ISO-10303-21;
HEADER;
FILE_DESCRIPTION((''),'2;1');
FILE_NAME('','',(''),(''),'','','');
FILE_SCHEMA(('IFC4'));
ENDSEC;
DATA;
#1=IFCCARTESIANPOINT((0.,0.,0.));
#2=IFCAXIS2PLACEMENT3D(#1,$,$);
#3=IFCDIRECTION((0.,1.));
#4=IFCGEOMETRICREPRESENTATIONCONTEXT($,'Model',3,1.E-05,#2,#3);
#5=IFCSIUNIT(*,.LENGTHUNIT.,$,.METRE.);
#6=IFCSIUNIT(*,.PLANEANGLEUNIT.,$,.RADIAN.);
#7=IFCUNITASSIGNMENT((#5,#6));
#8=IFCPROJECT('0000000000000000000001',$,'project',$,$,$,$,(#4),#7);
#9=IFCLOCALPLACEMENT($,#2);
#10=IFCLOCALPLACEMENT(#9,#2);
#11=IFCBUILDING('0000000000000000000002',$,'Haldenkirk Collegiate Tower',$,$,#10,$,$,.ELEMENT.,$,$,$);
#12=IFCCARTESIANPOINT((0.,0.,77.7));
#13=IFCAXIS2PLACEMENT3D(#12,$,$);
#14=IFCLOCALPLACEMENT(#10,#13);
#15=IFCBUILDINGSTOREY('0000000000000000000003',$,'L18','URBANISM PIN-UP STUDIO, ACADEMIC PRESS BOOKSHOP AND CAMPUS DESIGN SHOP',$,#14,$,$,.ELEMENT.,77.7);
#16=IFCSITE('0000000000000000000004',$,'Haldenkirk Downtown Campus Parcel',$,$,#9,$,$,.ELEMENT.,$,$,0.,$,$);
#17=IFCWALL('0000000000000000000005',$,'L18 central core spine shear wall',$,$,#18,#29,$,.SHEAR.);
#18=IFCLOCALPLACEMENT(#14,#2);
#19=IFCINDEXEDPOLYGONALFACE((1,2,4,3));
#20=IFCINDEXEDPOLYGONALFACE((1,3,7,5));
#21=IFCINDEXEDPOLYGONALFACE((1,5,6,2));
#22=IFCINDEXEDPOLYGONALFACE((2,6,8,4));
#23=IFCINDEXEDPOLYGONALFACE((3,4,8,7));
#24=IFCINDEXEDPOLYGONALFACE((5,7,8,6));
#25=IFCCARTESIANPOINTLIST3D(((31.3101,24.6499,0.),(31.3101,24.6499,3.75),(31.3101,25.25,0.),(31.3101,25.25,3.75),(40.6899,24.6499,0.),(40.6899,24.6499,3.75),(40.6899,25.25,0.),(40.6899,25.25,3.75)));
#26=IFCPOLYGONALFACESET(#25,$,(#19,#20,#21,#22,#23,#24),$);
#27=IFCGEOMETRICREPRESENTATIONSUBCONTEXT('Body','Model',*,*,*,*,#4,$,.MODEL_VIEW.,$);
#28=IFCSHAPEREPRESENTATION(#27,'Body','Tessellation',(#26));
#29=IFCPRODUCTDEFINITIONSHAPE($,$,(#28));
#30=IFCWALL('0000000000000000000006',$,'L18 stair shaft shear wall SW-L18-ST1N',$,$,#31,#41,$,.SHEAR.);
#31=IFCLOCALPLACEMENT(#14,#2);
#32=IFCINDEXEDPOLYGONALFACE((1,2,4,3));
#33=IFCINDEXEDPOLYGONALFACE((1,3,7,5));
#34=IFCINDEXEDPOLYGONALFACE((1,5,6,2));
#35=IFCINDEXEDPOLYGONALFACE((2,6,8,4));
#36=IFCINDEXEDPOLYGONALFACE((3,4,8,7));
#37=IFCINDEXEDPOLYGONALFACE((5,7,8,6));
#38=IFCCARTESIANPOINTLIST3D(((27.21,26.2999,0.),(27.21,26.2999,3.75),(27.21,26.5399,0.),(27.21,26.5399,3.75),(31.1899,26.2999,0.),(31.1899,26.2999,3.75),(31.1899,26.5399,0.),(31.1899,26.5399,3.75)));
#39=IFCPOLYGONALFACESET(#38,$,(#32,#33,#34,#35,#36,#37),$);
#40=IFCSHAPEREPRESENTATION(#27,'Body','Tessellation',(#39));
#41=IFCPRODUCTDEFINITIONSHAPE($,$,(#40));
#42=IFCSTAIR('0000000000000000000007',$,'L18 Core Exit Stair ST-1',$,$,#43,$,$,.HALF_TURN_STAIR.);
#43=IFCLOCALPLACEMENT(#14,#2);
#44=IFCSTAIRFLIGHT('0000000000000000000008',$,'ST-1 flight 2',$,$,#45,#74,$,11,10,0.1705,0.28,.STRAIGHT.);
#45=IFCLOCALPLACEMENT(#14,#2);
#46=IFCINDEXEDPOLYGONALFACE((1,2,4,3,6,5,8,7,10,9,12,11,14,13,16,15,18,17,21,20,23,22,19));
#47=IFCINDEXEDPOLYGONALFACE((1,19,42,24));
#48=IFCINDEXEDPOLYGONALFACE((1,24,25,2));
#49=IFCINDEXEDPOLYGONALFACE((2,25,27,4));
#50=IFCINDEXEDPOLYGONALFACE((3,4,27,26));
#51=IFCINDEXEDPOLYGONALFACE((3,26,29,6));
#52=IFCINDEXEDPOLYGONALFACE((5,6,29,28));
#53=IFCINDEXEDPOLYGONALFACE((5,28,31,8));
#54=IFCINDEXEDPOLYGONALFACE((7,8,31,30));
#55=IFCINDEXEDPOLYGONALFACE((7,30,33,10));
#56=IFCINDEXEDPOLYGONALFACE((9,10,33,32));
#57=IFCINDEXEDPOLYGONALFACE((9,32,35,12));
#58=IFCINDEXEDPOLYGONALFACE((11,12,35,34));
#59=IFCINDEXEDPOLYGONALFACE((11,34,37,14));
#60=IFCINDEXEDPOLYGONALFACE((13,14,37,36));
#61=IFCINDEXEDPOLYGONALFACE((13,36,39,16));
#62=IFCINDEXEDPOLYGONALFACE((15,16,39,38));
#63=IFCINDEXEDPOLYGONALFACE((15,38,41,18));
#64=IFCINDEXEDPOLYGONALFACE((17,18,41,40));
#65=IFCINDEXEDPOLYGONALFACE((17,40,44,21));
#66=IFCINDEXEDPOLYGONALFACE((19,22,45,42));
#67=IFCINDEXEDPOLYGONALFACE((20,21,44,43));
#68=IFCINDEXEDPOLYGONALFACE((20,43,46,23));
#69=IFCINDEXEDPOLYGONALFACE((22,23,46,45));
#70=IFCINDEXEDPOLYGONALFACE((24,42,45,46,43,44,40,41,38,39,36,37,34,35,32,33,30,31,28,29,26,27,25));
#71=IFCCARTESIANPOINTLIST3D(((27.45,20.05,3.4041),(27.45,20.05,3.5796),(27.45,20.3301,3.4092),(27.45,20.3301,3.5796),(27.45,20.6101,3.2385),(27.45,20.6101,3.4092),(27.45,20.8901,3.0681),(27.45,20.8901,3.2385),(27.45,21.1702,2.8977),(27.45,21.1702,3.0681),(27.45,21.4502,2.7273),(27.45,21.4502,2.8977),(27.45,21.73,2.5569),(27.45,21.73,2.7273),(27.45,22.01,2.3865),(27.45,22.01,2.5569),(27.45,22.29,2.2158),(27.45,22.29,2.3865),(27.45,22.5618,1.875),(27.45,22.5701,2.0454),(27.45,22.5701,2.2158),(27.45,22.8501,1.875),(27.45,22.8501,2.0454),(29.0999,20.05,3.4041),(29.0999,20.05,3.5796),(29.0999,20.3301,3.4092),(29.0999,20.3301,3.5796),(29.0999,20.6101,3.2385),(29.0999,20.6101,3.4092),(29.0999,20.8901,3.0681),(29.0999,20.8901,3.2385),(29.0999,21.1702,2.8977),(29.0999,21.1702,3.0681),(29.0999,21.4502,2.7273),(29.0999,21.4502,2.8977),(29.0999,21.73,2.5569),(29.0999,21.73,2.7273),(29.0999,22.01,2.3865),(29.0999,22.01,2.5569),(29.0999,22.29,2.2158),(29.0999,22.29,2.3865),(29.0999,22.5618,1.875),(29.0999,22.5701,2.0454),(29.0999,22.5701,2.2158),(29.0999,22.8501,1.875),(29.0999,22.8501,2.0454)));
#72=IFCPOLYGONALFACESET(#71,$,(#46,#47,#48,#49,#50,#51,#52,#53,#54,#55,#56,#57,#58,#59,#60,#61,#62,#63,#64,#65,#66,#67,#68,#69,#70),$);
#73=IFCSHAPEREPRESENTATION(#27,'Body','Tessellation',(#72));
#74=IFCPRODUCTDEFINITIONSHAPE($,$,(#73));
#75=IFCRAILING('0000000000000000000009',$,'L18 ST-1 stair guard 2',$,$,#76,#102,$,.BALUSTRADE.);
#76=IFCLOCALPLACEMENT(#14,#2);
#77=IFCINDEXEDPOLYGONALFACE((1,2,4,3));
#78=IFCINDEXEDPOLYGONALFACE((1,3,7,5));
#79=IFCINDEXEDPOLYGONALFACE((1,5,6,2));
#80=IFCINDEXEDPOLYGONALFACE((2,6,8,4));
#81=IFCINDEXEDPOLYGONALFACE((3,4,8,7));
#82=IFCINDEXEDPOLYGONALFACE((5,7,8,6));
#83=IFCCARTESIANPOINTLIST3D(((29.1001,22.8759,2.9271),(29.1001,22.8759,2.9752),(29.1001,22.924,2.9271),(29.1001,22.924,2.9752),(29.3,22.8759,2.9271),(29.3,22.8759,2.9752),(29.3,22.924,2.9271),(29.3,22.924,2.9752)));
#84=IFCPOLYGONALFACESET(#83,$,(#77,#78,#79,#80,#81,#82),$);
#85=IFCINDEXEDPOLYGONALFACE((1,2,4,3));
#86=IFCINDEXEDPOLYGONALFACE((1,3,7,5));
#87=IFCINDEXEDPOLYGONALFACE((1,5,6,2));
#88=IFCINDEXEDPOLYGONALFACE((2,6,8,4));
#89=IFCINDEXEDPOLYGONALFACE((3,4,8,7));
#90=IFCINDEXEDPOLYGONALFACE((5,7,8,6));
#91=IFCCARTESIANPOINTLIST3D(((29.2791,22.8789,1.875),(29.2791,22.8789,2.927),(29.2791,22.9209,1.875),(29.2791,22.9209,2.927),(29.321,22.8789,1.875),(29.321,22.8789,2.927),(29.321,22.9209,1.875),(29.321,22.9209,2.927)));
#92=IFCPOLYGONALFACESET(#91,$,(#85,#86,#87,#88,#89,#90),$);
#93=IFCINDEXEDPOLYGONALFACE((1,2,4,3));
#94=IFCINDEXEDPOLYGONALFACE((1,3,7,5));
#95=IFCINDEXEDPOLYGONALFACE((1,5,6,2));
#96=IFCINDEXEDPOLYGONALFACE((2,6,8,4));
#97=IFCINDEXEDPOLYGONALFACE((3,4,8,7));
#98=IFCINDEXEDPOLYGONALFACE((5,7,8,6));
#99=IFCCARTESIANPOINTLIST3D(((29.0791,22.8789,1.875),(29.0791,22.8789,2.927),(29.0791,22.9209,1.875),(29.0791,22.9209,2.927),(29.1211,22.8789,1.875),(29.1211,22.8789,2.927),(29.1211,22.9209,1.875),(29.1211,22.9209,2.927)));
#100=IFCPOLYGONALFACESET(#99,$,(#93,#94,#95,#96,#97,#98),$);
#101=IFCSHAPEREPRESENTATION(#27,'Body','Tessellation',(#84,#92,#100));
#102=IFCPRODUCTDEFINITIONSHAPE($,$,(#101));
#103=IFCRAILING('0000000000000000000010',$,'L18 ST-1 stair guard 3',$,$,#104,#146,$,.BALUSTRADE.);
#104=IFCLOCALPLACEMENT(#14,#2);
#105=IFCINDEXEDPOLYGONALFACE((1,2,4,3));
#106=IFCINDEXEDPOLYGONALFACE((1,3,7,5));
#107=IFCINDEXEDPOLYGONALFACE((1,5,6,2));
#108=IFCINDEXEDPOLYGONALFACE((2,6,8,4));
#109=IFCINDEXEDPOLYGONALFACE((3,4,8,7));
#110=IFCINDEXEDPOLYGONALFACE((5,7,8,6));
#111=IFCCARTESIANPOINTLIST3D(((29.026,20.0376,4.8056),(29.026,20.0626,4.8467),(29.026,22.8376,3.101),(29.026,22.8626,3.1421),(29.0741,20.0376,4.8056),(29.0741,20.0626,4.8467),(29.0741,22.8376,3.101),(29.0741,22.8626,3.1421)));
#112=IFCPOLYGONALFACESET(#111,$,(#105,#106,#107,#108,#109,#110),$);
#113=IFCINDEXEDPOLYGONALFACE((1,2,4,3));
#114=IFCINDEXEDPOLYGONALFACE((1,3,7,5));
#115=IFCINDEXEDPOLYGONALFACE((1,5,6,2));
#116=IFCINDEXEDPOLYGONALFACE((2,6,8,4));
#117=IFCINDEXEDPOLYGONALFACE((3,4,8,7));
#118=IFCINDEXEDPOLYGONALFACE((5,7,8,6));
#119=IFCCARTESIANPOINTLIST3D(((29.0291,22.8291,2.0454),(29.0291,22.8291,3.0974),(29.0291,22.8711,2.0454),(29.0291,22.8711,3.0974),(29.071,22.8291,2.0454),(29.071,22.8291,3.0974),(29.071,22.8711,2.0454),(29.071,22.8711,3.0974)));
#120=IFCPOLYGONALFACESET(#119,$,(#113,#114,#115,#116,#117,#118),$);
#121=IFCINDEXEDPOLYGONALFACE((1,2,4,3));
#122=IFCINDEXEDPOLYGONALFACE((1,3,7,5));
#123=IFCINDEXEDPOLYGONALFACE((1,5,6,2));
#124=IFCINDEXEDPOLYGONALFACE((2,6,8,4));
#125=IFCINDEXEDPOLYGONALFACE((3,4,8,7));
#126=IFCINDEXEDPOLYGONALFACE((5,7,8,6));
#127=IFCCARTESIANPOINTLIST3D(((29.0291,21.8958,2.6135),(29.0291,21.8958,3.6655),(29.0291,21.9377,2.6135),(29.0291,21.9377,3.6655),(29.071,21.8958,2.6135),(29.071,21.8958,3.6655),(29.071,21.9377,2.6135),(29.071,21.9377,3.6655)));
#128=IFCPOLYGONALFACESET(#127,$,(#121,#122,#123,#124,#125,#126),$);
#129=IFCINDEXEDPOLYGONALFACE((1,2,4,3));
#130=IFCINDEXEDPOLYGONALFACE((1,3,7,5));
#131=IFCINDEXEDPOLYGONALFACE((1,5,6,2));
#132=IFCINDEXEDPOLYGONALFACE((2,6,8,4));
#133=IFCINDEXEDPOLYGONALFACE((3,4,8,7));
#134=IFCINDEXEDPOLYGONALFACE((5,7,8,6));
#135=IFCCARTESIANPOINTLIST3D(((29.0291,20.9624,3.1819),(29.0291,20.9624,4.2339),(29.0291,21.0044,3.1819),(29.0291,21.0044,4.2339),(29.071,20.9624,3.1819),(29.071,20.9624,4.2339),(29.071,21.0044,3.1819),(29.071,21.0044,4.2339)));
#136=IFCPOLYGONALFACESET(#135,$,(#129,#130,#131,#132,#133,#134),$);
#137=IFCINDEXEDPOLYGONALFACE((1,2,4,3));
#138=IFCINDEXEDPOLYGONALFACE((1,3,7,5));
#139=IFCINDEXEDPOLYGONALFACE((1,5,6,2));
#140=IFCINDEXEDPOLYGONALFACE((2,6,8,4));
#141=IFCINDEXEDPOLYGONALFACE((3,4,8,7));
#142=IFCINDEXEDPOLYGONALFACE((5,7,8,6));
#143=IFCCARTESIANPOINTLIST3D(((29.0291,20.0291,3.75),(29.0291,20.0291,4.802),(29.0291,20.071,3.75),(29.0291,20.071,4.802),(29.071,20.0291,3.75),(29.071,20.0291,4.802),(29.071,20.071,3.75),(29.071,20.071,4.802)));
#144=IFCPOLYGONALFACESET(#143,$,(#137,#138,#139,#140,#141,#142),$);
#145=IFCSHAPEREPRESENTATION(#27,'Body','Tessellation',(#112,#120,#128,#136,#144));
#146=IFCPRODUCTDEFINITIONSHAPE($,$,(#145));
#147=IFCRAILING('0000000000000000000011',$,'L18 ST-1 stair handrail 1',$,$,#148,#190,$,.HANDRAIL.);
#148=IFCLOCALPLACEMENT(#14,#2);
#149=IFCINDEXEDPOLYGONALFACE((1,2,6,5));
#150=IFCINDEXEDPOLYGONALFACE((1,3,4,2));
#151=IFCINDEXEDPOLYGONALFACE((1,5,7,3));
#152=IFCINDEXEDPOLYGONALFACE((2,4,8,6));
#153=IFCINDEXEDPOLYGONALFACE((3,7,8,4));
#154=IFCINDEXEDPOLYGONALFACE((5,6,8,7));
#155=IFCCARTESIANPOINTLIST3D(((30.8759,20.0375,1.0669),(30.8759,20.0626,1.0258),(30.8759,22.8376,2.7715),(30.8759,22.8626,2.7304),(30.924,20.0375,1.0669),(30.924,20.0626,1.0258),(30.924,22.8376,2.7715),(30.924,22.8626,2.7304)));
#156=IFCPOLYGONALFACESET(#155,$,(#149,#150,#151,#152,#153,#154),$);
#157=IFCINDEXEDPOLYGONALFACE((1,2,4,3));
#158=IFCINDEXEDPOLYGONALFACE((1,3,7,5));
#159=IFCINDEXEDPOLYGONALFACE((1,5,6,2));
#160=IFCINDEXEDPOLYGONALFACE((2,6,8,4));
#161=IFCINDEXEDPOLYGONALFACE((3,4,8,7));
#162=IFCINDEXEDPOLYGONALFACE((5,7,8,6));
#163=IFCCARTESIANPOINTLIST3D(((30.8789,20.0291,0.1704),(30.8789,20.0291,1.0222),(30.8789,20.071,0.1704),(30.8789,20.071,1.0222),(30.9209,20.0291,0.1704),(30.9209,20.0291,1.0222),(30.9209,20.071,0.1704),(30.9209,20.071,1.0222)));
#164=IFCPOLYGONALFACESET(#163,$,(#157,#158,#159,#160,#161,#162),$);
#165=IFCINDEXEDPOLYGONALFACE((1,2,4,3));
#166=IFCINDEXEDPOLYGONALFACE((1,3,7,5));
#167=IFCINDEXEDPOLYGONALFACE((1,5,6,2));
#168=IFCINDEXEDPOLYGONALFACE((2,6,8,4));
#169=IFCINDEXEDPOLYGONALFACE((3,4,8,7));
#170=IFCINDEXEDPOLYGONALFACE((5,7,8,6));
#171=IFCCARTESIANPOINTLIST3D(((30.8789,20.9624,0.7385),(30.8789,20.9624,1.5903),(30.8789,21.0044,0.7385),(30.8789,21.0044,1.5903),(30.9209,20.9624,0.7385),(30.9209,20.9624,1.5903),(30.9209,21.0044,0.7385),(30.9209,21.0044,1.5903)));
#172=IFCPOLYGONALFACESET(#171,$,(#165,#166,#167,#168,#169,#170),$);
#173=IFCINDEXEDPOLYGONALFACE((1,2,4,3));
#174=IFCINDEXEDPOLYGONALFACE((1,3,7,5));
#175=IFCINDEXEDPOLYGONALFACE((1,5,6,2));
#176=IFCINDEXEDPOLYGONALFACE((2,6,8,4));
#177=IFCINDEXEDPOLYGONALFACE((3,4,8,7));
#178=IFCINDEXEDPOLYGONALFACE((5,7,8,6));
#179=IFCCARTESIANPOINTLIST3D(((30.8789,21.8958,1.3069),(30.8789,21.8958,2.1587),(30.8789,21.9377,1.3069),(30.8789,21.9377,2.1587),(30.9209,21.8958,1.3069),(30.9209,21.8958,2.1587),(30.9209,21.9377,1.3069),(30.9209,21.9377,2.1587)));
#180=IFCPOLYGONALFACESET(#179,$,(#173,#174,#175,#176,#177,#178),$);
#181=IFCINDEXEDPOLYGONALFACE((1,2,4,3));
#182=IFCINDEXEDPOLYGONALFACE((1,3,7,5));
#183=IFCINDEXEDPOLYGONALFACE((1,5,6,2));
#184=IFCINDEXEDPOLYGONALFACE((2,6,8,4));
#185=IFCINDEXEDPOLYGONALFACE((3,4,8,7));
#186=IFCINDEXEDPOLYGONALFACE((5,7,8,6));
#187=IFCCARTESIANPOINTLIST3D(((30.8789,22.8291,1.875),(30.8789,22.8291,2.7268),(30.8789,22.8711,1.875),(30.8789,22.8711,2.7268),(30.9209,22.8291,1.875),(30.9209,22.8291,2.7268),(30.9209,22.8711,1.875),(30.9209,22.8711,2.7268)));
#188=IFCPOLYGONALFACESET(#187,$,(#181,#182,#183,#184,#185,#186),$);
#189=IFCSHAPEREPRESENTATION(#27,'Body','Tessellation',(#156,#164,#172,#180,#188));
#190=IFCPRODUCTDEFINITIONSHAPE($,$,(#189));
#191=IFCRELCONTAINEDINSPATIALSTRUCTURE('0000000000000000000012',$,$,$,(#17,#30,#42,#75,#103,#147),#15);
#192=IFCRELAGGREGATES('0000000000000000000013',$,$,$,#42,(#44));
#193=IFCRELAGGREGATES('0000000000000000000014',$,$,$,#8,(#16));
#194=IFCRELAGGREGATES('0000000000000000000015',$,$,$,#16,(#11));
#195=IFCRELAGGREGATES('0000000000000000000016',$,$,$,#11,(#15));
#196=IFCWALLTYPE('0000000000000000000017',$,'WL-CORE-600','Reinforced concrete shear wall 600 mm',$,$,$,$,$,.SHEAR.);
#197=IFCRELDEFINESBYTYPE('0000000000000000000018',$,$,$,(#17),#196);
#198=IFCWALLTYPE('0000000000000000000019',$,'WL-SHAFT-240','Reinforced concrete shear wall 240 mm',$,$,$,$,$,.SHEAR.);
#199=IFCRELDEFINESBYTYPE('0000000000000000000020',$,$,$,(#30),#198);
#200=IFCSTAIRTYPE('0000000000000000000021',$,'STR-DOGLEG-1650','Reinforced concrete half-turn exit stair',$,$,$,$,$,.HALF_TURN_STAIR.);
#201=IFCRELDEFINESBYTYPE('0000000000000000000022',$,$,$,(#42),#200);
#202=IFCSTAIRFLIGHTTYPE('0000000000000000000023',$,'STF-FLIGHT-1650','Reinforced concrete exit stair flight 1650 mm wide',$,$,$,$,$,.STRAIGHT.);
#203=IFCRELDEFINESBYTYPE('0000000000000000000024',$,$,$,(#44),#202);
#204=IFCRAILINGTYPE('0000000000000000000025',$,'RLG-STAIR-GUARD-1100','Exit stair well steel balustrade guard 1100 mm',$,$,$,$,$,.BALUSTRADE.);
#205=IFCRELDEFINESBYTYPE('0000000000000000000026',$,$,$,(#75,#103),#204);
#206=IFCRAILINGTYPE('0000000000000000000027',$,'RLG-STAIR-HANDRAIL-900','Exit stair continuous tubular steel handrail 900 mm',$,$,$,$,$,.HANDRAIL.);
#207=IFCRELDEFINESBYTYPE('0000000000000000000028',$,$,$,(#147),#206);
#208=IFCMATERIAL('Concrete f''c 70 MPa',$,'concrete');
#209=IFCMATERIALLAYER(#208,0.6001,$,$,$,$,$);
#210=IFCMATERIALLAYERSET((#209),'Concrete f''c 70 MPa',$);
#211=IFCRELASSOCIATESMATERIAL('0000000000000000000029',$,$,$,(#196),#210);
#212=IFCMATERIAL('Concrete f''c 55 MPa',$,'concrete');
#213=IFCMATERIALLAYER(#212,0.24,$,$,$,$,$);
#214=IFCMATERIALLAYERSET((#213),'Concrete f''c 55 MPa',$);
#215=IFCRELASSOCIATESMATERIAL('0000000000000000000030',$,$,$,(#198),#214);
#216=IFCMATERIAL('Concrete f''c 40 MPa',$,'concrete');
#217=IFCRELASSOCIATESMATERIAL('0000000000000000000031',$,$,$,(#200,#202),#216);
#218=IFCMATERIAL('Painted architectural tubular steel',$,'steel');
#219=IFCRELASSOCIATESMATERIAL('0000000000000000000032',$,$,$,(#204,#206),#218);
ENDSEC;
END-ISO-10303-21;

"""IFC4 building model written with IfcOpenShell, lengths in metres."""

from ifc_helpers import new_model, si_unit, direction, frame, frame_2d, origin, origin_2d, place, context, subcontext, project, spatial, polyline, rectangle, outline, extrude, material, layer, layer_set, type_object, element, aggregate, save


model = new_model("IFC4")

# Units and contexts
model_context = context("Model", 3, precision=1e-05, world=origin(), true_north=direction((0.0, 1.0)))
body_context = subcontext(model_context, "Body", "Model", "MODEL_VIEW")
ifc_project = project(units=[si_unit("LENGTHUNIT", "METRE"), si_unit("PLANEANGLEUNIT", "RADIAN")], contexts=[model_context])

# Site, building, storey
site_placement = place(None, origin())
site = spatial("IfcSite", under=ifc_project, at=site_placement, Name="Haldenkirk Downtown Campus Parcel", CompositionType="ELEMENT", RefElevation=0.0)
building_placement = place(site_placement, origin())
building = spatial("IfcBuilding", under=site, at=building_placement, Name="Haldenkirk Collegiate Tower", CompositionType="ELEMENT")
storey_placement = place(building_placement, frame((0.0, 0.0, 77.7)))
storey = spatial("IfcBuildingStorey", under=building, at=storey_placement, Name="L18", Description="URBANISM PIN-UP STUDIO, ACADEMIC PRESS BOOKSHOP AND CAMPUS DESIGN SHOP", CompositionType="ELEMENT", Elevation=77.7)

# Wall
ifc_material_1 = material(Name="Concrete f'c 70 MPa", Category="concrete")
ifc_layer_1 = layer(ifc_material_1, 0.6001)
ifc_layer_set_1 = layer_set([ifc_layer_1], Name="Concrete f'c 70 MPa")
wall_type_1 = type_object("IfcWallType", Name="WL-CORE-600", Description="Reinforced concrete shear wall 600 mm", PredefinedType="SHEAR", material=ifc_layer_set_1)
wall_1_placement = place(storey_placement, frame((31.3101, 24.95, 0.0), z_axis=(0.0, 0.0, 1.0), x_axis=(1.0, 0.0, 0.0)))
element("IfcWall", 1, at=wall_1_placement, inside=storey, type_object=wall_type_1, Name="L18 central core spine shear wall", PredefinedType="SHEAR", context=body_context, shape_type="SweptSolid", body=[
    extrude(rectangle(XDim=9.3799, YDim=0.6001, at=frame_2d((4.6899, 0.0))), origin(), (0.0, 0.0, 1.0), 3.75),
])

# Wall
ifc_material_2 = material(Name="Concrete f'c 55 MPa", Category="concrete")
ifc_layer_2 = layer(ifc_material_2, 0.24)
ifc_layer_set_2 = layer_set([ifc_layer_2], Name="Concrete f'c 55 MPa")
wall_type_2 = type_object("IfcWallType", Name="WL-SHAFT-240", Description="Reinforced concrete shear wall 240 mm", PredefinedType="SHEAR", material=ifc_layer_set_2)
wall_2_placement = place(storey_placement, frame((27.21, 26.4199, 0.0), z_axis=(0.0, 0.0, 1.0), x_axis=(1.0, 0.0, 0.0)))
element("IfcWall", 2, at=wall_2_placement, inside=storey, type_object=wall_type_2, Name="L18 stair shaft shear wall SW-L18-ST1N", PredefinedType="SHEAR", context=body_context, shape_type="SweptSolid", body=[
    extrude(rectangle(XDim=3.98, YDim=0.24, at=frame_2d((1.99, 0.0))), origin(), (0.0, 0.0, 1.0), 3.75),
])

# Stair, stair flight
ifc_material_3 = material(Name="Concrete f'c 40 MPa", Category="concrete")
stair_type = type_object("IfcStairType", Name="STR-DOGLEG-1650", Description="Reinforced concrete half-turn exit stair", PredefinedType="HALF_TURN_STAIR", material=ifc_material_3)
stair_placement = place(storey_placement, origin())
stair = element("IfcStair", 3, at=stair_placement, inside=storey, type_object=stair_type, Name="L18 Core Exit Stair ST-1", PredefinedType="HALF_TURN_STAIR")
stair_flight_type = type_object("IfcStairFlightType", Name="STF-FLIGHT-1650", Description="Reinforced concrete exit stair flight 1650 mm wide", PredefinedType="STRAIGHT", material=ifc_material_3)
stair_flight_placement = place(storey_placement, frame((28.2749, 22.8501, 1.875), z_axis=(0.0, 0.0, 1.0), x_axis=(0.0, -1.0, 0.0)))
stair_flight = element("IfcStairFlight", 4, at=stair_flight_placement, type_object=stair_flight_type, Name="ST-1 flight 2", NumberOfRisers=11, NumberOfTreads=10, PredefinedType="STRAIGHT", RiserHeight=0.1705, TreadLength=0.28, context=body_context, shape_type="SweptSolid", body=[
    extrude(outline(polyline([(0.0, 0.0), (0.0, 0.1704), (0.28, 0.1704), (0.28, 0.3408), (0.5601, 0.3408), (0.5601, 0.5115), (0.8401, 0.5115), (0.8401, 0.6819), (1.1201, 0.6819), (1.1201, 0.8523), (1.3999, 0.8523), (1.3999, 1.0227), (1.6799, 1.0227), (1.6799, 1.1931), (1.96, 1.1931), (1.96, 1.3635), (2.24, 1.3635), (2.24, 1.5342), (2.52, 1.5342), (2.52, 1.7046), (2.8, 1.7046), (2.8, 1.875), (2.8, 1.5291), (0.2883, 0.0), (0.0, 0.0)])), frame((0.0, 0.825, 0.0), z_axis=(0.0, -1.0, 0.0), x_axis=(1.0, 0.0, 0.0)), (0.0, 0.0, 1.0), 1.6499),
])
aggregate(stair, [stair_flight])

# Railings
ifc_material_4 = material(Name="Painted architectural tubular steel", Category="steel")
railing_type_1 = type_object("IfcRailingType", Name="RLG-STAIR-GUARD-1100", Description="Exit stair well steel balustrade guard 1100 mm", PredefinedType="BALUSTRADE", material=ifc_material_4)
railing_1_placement = place(storey_placement, frame((29.3, 22.8999, 1.875)))
element("IfcRailing", 5, at=railing_1_placement, inside=storey, type_object=railing_type_1, Name="L18 ST-1 stair guard 2", PredefinedType="BALUSTRADE", context=body_context, shape_type="SweptSolid", body=[
    extrude(rectangle(XDim=0.0481, YDim=0.0481, at=origin_2d()), frame((0.0, 0.0, 1.0762), z_axis=(-1.0, 0.0, 0.0), x_axis=(0.0, -1.0, 0.0)), (0.0, 0.0, 1.0), 0.2),
    extrude(rectangle(XDim=0.042, YDim=0.042, at=origin_2d()), origin(), (0.0, 0.0, 1.0), 1.052),
    extrude(rectangle(XDim=0.042, YDim=0.042, at=origin_2d()), frame((-0.2, 0.0, 0.0)), (0.0, 0.0, 1.0), 1.052),
])
railing_2_placement = place(storey_placement, frame((29.05, 22.8501, 2.0454)))
element("IfcRailing", 6, at=railing_2_placement, inside=storey, type_object=railing_type_1, Name="L18 ST-1 stair guard 3", PredefinedType="BALUSTRADE", context=body_context, shape_type="SweptSolid", body=[
    extrude(rectangle(XDim=0.0481, YDim=0.0481, at=origin_2d()), frame((0.0, 0.0, 1.0762), z_axis=(0.0, -0.85417, 0.519994), x_axis=(1.0, 0.0, 0.0)), (0.0, 0.0, 1.0), 3.2781),
    extrude(rectangle(XDim=0.042, YDim=0.042, at=origin_2d()), origin(), (0.0, 0.0, 1.0), 1.052),
    extrude(rectangle(XDim=0.042, YDim=0.042, at=origin_2d()), frame((0.0, -0.9333, 0.5681)), (0.0, 0.0, 1.0), 1.052),
    extrude(rectangle(XDim=0.042, YDim=0.042, at=origin_2d()), frame((0.0, -1.8667, 1.1365)), (0.0, 0.0, 1.0), 1.052),
    extrude(rectangle(XDim=0.042, YDim=0.042, at=origin_2d()), frame((0.0, -2.8, 1.7046)), (0.0, 0.0, 1.0), 1.052),
])
railing_type_2 = type_object("IfcRailingType", Name="RLG-STAIR-HANDRAIL-900", Description="Exit stair continuous tubular steel handrail 900 mm", PredefinedType="HANDRAIL", material=ifc_material_4)
railing_3_placement = place(storey_placement, frame((30.8999, 20.05, 0.1704)))
element("IfcRailing", 7, at=railing_3_placement, inside=storey, type_object=railing_type_2, Name="L18 ST-1 stair handrail 1", PredefinedType="HANDRAIL", context=body_context, shape_type="SweptSolid", body=[
    extrude(rectangle(XDim=0.0481, YDim=0.0481, at=origin_2d()), frame((0.0, 0.0, 0.876), z_axis=(0.0, 0.85417, 0.519994), x_axis=(-1.0, 0.0, 0.0)), (0.0, 0.0, 1.0), 3.2781),
    extrude(rectangle(XDim=0.042, YDim=0.042, at=origin_2d()), origin(), (0.0, 0.0, 1.0), 0.8518),
    extrude(rectangle(XDim=0.042, YDim=0.042, at=origin_2d()), frame((0.0, 0.9333, 0.5681)), (0.0, 0.0, 1.0), 0.8518),
    extrude(rectangle(XDim=0.042, YDim=0.042, at=origin_2d()), frame((0.0, 1.8667, 1.1365)), (0.0, 0.0, 1.0), 0.8518),
    extrude(rectangle(XDim=0.042, YDim=0.042, at=origin_2d()), frame((0.0, 2.8, 1.7046)), (0.0, 0.0, 1.0), 0.8518),
])

save(model, "model.ifc")
